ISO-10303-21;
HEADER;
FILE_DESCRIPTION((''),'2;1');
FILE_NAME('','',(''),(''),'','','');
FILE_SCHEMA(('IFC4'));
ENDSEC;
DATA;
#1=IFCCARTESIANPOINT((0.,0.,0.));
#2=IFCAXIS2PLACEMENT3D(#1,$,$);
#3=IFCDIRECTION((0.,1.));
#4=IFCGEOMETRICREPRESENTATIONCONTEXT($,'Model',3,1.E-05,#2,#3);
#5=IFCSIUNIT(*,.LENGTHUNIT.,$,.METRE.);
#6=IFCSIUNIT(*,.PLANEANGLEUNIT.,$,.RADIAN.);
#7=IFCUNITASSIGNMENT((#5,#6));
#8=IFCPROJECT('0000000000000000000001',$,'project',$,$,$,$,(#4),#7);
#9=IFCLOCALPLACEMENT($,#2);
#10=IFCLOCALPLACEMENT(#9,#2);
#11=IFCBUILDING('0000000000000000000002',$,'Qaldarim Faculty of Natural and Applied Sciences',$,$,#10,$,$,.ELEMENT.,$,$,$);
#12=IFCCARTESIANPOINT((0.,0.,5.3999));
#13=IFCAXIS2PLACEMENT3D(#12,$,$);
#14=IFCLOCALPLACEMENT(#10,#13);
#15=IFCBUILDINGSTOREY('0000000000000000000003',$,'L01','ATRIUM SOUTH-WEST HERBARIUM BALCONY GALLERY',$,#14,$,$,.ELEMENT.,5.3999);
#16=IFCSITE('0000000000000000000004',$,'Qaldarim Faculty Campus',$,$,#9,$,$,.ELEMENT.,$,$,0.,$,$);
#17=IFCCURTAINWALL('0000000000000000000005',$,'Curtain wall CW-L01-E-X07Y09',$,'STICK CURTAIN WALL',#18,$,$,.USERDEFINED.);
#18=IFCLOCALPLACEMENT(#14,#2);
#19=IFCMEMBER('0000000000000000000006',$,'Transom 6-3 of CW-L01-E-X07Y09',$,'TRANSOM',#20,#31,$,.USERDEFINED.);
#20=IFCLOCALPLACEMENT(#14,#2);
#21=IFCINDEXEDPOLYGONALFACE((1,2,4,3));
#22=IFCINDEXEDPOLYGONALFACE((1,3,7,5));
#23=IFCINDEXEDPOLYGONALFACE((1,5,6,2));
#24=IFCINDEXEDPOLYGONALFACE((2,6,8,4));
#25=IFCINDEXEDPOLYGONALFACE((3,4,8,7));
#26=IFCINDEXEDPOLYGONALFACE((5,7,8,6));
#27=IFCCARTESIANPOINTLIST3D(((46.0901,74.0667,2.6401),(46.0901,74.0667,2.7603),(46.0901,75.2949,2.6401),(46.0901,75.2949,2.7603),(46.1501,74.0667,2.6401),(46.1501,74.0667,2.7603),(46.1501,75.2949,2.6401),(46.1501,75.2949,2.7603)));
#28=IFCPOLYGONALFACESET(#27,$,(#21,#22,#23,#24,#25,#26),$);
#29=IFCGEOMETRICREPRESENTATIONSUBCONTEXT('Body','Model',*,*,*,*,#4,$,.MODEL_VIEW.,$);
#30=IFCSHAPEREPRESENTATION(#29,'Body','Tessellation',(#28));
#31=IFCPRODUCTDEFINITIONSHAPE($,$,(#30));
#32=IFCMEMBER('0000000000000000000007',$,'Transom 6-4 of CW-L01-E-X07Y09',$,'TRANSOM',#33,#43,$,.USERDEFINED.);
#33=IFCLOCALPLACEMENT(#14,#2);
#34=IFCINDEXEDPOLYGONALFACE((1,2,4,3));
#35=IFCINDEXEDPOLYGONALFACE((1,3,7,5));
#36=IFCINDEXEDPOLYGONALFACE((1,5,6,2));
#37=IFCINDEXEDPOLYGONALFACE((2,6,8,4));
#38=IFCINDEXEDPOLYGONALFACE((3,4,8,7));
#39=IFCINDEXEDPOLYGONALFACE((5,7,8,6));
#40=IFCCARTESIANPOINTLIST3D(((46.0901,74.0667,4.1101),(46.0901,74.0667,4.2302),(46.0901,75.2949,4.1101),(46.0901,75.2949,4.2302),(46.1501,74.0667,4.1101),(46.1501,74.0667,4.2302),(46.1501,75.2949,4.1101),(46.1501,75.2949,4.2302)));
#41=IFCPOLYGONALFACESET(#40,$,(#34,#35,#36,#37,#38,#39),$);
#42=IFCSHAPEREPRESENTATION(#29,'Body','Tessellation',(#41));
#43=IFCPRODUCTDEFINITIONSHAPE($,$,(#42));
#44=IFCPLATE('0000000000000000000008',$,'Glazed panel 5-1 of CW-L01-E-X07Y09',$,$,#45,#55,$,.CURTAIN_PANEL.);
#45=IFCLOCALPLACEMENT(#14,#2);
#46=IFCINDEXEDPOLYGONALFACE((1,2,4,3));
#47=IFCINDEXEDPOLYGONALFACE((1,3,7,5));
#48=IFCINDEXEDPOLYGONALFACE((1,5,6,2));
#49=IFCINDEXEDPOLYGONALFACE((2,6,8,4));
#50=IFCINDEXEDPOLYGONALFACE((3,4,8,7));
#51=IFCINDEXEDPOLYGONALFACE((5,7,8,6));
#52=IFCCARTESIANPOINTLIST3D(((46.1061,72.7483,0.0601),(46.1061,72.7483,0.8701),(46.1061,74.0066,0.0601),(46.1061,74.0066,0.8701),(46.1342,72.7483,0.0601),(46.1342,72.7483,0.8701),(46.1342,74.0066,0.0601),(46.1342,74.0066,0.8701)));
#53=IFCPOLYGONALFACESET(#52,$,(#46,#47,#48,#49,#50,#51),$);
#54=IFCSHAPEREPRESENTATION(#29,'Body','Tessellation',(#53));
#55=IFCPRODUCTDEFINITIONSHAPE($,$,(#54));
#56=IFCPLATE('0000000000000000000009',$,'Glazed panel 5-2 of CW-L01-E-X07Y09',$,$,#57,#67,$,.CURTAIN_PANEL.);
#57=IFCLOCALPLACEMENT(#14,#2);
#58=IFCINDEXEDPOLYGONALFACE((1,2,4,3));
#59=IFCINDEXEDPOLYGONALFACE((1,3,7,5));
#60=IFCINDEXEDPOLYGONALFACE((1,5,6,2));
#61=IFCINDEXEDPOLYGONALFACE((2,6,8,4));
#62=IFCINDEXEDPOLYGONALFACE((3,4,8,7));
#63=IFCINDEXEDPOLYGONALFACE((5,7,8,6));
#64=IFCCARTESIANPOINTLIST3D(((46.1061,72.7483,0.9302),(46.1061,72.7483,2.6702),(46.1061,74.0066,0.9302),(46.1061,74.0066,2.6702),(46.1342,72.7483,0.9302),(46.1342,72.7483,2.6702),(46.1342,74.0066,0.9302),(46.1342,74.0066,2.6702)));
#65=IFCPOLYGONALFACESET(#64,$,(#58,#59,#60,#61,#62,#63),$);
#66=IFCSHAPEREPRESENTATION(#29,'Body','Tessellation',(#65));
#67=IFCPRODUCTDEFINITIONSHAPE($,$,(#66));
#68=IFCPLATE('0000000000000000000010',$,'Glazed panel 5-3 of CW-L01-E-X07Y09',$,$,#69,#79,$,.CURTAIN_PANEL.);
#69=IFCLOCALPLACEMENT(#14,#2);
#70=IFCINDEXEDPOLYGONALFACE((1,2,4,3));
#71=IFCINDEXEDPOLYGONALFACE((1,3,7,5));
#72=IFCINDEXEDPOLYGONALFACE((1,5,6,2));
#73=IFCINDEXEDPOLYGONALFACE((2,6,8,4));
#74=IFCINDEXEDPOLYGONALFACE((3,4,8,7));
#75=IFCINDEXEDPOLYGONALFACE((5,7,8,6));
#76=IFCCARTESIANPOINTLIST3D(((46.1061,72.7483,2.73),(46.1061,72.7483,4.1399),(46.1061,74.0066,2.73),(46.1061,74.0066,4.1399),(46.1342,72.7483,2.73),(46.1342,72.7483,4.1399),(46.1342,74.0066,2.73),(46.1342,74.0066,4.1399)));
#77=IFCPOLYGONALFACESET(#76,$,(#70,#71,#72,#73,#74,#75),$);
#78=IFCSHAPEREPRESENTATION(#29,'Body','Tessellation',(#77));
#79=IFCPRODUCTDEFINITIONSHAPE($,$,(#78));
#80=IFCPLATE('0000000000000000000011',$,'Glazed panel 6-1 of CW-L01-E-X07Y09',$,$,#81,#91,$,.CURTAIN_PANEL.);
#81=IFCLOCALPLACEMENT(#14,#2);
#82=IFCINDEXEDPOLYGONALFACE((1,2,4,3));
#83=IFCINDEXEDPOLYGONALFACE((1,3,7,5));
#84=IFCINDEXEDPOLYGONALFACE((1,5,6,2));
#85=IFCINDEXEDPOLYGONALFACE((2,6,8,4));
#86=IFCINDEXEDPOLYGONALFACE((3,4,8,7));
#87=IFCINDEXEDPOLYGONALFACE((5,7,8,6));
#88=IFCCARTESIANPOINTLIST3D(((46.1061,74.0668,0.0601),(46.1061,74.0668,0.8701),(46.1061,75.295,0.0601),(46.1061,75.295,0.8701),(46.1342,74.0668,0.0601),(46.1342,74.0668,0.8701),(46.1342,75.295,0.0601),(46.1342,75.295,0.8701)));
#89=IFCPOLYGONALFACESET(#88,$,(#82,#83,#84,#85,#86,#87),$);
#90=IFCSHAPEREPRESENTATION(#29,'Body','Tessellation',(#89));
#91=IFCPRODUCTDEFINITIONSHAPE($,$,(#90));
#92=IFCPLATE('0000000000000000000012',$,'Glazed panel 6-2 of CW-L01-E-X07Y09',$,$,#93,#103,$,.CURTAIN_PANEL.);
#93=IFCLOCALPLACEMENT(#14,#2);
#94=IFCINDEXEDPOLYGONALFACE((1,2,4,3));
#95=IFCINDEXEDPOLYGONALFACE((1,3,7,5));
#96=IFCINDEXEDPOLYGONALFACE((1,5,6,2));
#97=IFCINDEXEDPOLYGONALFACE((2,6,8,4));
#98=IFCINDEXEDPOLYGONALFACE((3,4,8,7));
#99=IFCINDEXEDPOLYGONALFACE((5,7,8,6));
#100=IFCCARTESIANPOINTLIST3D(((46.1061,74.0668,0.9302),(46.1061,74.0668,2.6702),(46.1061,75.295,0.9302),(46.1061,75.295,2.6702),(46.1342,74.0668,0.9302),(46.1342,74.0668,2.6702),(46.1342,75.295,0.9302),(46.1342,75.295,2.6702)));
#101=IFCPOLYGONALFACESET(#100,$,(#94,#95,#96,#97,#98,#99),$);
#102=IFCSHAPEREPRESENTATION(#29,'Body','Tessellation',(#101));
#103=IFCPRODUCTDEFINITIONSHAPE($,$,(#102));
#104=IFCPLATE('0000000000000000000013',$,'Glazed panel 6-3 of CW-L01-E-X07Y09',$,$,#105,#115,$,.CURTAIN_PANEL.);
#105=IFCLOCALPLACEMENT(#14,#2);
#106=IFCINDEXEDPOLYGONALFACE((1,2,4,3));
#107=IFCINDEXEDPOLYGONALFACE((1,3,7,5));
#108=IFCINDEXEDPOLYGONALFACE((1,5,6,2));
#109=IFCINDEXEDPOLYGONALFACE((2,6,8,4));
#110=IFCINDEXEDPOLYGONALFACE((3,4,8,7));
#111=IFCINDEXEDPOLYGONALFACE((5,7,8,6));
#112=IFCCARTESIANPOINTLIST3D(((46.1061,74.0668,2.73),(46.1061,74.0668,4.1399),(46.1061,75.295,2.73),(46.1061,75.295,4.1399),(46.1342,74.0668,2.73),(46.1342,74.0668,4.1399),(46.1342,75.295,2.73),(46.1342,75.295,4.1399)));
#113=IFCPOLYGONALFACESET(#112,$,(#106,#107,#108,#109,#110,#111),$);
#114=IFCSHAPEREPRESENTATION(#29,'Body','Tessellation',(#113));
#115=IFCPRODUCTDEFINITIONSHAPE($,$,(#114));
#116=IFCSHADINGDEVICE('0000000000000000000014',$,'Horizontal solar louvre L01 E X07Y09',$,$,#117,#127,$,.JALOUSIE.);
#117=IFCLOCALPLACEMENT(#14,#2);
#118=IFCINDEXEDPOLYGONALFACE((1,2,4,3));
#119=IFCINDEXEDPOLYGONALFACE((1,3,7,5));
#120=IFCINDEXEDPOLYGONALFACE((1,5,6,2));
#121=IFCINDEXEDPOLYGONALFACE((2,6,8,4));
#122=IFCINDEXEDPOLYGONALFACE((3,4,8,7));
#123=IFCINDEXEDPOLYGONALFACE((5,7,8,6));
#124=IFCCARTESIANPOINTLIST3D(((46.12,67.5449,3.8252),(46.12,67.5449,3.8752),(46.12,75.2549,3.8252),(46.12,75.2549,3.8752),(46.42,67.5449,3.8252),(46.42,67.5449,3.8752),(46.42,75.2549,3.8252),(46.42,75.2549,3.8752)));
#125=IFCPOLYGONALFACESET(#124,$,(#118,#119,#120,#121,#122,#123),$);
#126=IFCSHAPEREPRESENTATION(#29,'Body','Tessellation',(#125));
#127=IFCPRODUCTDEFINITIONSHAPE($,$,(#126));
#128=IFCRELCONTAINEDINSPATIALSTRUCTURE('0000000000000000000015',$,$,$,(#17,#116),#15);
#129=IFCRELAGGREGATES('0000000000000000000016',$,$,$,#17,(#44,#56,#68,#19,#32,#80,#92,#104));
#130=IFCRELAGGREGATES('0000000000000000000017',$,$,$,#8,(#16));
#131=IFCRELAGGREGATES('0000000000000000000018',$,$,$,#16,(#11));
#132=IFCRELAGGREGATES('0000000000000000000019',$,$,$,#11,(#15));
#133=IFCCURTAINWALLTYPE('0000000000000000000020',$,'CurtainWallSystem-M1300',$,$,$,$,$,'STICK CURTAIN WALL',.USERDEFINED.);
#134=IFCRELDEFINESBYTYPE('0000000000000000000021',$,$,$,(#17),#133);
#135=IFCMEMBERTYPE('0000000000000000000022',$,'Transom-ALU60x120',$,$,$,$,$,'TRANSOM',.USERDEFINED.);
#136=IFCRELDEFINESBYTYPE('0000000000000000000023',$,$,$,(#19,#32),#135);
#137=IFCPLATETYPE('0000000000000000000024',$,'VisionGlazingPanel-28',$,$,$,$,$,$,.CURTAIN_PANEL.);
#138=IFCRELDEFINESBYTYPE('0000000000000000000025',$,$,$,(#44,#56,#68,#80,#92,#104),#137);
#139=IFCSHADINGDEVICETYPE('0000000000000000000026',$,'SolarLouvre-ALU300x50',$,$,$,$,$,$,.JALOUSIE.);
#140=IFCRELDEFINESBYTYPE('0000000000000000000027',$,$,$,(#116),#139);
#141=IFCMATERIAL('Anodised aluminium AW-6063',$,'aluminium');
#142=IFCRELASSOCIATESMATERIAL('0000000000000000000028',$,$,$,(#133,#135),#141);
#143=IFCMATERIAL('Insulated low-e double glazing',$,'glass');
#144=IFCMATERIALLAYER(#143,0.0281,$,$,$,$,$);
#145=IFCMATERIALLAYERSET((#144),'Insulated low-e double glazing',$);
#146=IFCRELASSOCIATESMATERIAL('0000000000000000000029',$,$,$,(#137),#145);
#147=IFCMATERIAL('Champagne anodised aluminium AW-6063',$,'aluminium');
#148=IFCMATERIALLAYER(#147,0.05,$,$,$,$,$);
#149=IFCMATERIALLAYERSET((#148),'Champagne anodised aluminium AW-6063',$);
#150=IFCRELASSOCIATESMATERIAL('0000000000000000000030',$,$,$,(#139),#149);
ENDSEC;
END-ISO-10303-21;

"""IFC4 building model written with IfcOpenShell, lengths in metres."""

from ifc_helpers import new_model, si_unit, direction, frame, origin, origin_2d, place, context, subcontext, project, spatial, rectangle, extrude, material, layer, layer_set, material_profile, profile_set, type_object, element, aggregate, save


model = new_model("IFC4")

# Units and contexts
model_context = context("Model", 3, precision=1e-05, world=origin(), true_north=direction((0.0, 1.0)))
body_context = subcontext(model_context, "Body", "Model", "MODEL_VIEW")
ifc_project = project(units=[si_unit("LENGTHUNIT", "METRE"), si_unit("PLANEANGLEUNIT", "RADIAN")], contexts=[model_context])

# Site, building, storey
site_placement = place(None, origin())
site = spatial("IfcSite", under=ifc_project, at=site_placement, Name="Qaldarim Faculty Campus", CompositionType="ELEMENT", RefElevation=0.0)
building_placement = place(site_placement, origin())
building = spatial("IfcBuilding", under=site, at=building_placement, Name="Qaldarim Faculty of Natural and Applied Sciences", CompositionType="ELEMENT")
storey_placement = place(building_placement, frame((0.0, 0.0, 5.3999)))
storey = spatial("IfcBuildingStorey", under=building, at=storey_placement, Name="L01", Description="ATRIUM SOUTH-WEST HERBARIUM BALCONY GALLERY", CompositionType="ELEMENT", Elevation=5.3999)

# Curtain wall, members, plates
ifc_material_1 = material(Name="Anodised aluminium AW-6063", Category="aluminium")
curtain_wall_type = type_object("IfcCurtainWallType", Name="CurtainWallSystem-M1300", ElementType="STICK CURTAIN WALL", PredefinedType="USERDEFINED", material=ifc_material_1)
curtain_wall_placement = place(storey_placement, origin())
curtain_wall = element("IfcCurtainWall", 1, at=curtain_wall_placement, inside=storey, type_object=curtain_wall_type, Name="Curtain wall CW-L01-E-X07Y09", ObjectType="STICK CURTAIN WALL", PredefinedType="USERDEFINED")
ifc_material_profile_1 = material_profile(ifc_material_1, rectangle(XDim=0.0601, YDim=0.1201, at=origin_2d()), Name="ALU-T60x120")
ifc_profile_set_1 = profile_set([ifc_material_profile_1], Name="Anodised aluminium AW-6063")
member_type_1 = type_object("IfcMemberType", Name="Transom-ALU60x120", ElementType="TRANSOM", PredefinedType="USERDEFINED", material=ifc_profile_set_1)
member_1_placement = place(storey_placement, frame((46.1201, 74.0667, 2.7002), z_axis=(0.0, 1.0, 0.0), x_axis=(-1.0, 0.0, 0.0)))
member_1 = element("IfcMember", 2, at=member_1_placement, type_object=member_type_1, Name="Transom 6-3 of CW-L01-E-X07Y09", ObjectType="TRANSOM", PredefinedType="USERDEFINED", context=body_context, shape_type="SweptSolid", body=[
    extrude(rectangle(XDim=0.0601, YDim=0.1201, at=origin_2d()), origin(), (0.0, 0.0, 1.0), 1.2283),
])
member_2_placement = place(storey_placement, frame((46.1201, 74.0667, 4.1702), z_axis=(0.0, 1.0, 0.0), x_axis=(-1.0, 0.0, 0.0)))
member_2 = element("IfcMember", 3, at=member_2_placement, type_object=member_type_1, Name="Transom 6-4 of CW-L01-E-X07Y09", ObjectType="TRANSOM", PredefinedType="USERDEFINED", context=body_context, shape_type="SweptSolid", body=[
    extrude(rectangle(XDim=0.0601, YDim=0.1201, at=origin_2d()), origin(), (0.0, 0.0, 1.0), 1.2283),
])
ifc_material_2 = material(Name="Insulated low-e double glazing", Category="glass")
ifc_layer_1 = layer(ifc_material_2, 0.0281)
ifc_layer_set_1 = layer_set([ifc_layer_1], Name="Insulated low-e double glazing")
plate_type = type_object("IfcPlateType", Name="VisionGlazingPanel-28", PredefinedType="CURTAIN_PANEL", material=ifc_layer_set_1)
plate_1_placement = place(storey_placement, frame((46.1201, 73.3774, 0.0601), z_axis=(0.0, 0.0, 1.0), x_axis=(0.0, 1.0, 0.0)))
plate_1 = element("IfcPlate", 4, at=plate_1_placement, type_object=plate_type, Name="Glazed panel 5-1 of CW-L01-E-X07Y09", PredefinedType="CURTAIN_PANEL", context=body_context, shape_type="SweptSolid", body=[
    extrude(rectangle(XDim=1.2583, YDim=0.0281, at=origin_2d()), origin(), (0.0, 0.0, 1.0), 0.8101),
])
plate_2_placement = place(storey_placement, frame((46.1201, 73.3774, 0.9302), z_axis=(0.0, 0.0, 1.0), x_axis=(0.0, 1.0, 0.0)))
plate_2 = element("IfcPlate", 5, at=plate_2_placement, type_object=plate_type, Name="Glazed panel 5-2 of CW-L01-E-X07Y09", PredefinedType="CURTAIN_PANEL", context=body_context, shape_type="SweptSolid", body=[
    extrude(rectangle(XDim=1.2583, YDim=0.0281, at=origin_2d()), origin(), (0.0, 0.0, 1.0), 1.74),
])
plate_3_placement = place(storey_placement, frame((46.1201, 73.3774, 2.73), z_axis=(0.0, 0.0, 1.0), x_axis=(0.0, 1.0, 0.0)))
plate_3 = element("IfcPlate", 6, at=plate_3_placement, type_object=plate_type, Name="Glazed panel 5-3 of CW-L01-E-X07Y09", PredefinedType="CURTAIN_PANEL", context=body_context, shape_type="SweptSolid", body=[
    extrude(rectangle(XDim=1.2583, YDim=0.0281, at=origin_2d()), origin(), (0.0, 0.0, 1.0), 1.4099),
])
plate_4_placement = place(storey_placement, frame((46.1201, 74.6809, 0.0601), z_axis=(0.0, 0.0, 1.0), x_axis=(0.0, 1.0, 0.0)))
plate_4 = element("IfcPlate", 7, at=plate_4_placement, type_object=plate_type, Name="Glazed panel 6-1 of CW-L01-E-X07Y09", PredefinedType="CURTAIN_PANEL", context=body_context, shape_type="SweptSolid", body=[
    extrude(rectangle(XDim=1.2283, YDim=0.0281, at=origin_2d()), origin(), (0.0, 0.0, 1.0), 0.8101),
])
plate_5_placement = place(storey_placement, frame((46.1201, 74.6809, 0.9302), z_axis=(0.0, 0.0, 1.0), x_axis=(0.0, 1.0, 0.0)))
plate_5 = element("IfcPlate", 8, at=plate_5_placement, type_object=plate_type, Name="Glazed panel 6-2 of CW-L01-E-X07Y09", PredefinedType="CURTAIN_PANEL", context=body_context, shape_type="SweptSolid", body=[
    extrude(rectangle(XDim=1.2283, YDim=0.0281, at=origin_2d()), origin(), (0.0, 0.0, 1.0), 1.74),
])
plate_6_placement = place(storey_placement, frame((46.1201, 74.6809, 2.73), z_axis=(0.0, 0.0, 1.0), x_axis=(0.0, 1.0, 0.0)))
plate_6 = element("IfcPlate", 9, at=plate_6_placement, type_object=plate_type, Name="Glazed panel 6-3 of CW-L01-E-X07Y09", PredefinedType="CURTAIN_PANEL", context=body_context, shape_type="SweptSolid", body=[
    extrude(rectangle(XDim=1.2283, YDim=0.0281, at=origin_2d()), origin(), (0.0, 0.0, 1.0), 1.4099),
])
aggregate(curtain_wall, [plate_1, plate_2, plate_3, member_1, member_2, plate_4, plate_5, plate_6])

# Shading device
ifc_material_3 = material(Name="Champagne anodised aluminium AW-6063", Category="aluminium")
ifc_layer_2 = layer(ifc_material_3, 0.05)
ifc_layer_set_2 = layer_set([ifc_layer_2], Name="Champagne anodised aluminium AW-6063")
shading_device_type = type_object("IfcShadingDeviceType", Name="SolarLouvre-ALU300x50", PredefinedType="JALOUSIE", material=ifc_layer_set_2)
shading_device_placement = place(storey_placement, frame((46.27, 71.3999, 3.8252), z_axis=(0.0, 0.0, 1.0), x_axis=(0.0, 1.0, 0.0)))
element("IfcShadingDevice", 10, at=shading_device_placement, inside=storey, type_object=shading_device_type, Name="Horizontal solar louvre L01 E X07Y09", PredefinedType="JALOUSIE", context=body_context, shape_type="SweptSolid", body=[
    extrude(rectangle(XDim=7.71, YDim=0.3, at=origin_2d()), origin(), (0.0, 0.0, 1.0), 0.05),
])

save(model, "model.ifc")
